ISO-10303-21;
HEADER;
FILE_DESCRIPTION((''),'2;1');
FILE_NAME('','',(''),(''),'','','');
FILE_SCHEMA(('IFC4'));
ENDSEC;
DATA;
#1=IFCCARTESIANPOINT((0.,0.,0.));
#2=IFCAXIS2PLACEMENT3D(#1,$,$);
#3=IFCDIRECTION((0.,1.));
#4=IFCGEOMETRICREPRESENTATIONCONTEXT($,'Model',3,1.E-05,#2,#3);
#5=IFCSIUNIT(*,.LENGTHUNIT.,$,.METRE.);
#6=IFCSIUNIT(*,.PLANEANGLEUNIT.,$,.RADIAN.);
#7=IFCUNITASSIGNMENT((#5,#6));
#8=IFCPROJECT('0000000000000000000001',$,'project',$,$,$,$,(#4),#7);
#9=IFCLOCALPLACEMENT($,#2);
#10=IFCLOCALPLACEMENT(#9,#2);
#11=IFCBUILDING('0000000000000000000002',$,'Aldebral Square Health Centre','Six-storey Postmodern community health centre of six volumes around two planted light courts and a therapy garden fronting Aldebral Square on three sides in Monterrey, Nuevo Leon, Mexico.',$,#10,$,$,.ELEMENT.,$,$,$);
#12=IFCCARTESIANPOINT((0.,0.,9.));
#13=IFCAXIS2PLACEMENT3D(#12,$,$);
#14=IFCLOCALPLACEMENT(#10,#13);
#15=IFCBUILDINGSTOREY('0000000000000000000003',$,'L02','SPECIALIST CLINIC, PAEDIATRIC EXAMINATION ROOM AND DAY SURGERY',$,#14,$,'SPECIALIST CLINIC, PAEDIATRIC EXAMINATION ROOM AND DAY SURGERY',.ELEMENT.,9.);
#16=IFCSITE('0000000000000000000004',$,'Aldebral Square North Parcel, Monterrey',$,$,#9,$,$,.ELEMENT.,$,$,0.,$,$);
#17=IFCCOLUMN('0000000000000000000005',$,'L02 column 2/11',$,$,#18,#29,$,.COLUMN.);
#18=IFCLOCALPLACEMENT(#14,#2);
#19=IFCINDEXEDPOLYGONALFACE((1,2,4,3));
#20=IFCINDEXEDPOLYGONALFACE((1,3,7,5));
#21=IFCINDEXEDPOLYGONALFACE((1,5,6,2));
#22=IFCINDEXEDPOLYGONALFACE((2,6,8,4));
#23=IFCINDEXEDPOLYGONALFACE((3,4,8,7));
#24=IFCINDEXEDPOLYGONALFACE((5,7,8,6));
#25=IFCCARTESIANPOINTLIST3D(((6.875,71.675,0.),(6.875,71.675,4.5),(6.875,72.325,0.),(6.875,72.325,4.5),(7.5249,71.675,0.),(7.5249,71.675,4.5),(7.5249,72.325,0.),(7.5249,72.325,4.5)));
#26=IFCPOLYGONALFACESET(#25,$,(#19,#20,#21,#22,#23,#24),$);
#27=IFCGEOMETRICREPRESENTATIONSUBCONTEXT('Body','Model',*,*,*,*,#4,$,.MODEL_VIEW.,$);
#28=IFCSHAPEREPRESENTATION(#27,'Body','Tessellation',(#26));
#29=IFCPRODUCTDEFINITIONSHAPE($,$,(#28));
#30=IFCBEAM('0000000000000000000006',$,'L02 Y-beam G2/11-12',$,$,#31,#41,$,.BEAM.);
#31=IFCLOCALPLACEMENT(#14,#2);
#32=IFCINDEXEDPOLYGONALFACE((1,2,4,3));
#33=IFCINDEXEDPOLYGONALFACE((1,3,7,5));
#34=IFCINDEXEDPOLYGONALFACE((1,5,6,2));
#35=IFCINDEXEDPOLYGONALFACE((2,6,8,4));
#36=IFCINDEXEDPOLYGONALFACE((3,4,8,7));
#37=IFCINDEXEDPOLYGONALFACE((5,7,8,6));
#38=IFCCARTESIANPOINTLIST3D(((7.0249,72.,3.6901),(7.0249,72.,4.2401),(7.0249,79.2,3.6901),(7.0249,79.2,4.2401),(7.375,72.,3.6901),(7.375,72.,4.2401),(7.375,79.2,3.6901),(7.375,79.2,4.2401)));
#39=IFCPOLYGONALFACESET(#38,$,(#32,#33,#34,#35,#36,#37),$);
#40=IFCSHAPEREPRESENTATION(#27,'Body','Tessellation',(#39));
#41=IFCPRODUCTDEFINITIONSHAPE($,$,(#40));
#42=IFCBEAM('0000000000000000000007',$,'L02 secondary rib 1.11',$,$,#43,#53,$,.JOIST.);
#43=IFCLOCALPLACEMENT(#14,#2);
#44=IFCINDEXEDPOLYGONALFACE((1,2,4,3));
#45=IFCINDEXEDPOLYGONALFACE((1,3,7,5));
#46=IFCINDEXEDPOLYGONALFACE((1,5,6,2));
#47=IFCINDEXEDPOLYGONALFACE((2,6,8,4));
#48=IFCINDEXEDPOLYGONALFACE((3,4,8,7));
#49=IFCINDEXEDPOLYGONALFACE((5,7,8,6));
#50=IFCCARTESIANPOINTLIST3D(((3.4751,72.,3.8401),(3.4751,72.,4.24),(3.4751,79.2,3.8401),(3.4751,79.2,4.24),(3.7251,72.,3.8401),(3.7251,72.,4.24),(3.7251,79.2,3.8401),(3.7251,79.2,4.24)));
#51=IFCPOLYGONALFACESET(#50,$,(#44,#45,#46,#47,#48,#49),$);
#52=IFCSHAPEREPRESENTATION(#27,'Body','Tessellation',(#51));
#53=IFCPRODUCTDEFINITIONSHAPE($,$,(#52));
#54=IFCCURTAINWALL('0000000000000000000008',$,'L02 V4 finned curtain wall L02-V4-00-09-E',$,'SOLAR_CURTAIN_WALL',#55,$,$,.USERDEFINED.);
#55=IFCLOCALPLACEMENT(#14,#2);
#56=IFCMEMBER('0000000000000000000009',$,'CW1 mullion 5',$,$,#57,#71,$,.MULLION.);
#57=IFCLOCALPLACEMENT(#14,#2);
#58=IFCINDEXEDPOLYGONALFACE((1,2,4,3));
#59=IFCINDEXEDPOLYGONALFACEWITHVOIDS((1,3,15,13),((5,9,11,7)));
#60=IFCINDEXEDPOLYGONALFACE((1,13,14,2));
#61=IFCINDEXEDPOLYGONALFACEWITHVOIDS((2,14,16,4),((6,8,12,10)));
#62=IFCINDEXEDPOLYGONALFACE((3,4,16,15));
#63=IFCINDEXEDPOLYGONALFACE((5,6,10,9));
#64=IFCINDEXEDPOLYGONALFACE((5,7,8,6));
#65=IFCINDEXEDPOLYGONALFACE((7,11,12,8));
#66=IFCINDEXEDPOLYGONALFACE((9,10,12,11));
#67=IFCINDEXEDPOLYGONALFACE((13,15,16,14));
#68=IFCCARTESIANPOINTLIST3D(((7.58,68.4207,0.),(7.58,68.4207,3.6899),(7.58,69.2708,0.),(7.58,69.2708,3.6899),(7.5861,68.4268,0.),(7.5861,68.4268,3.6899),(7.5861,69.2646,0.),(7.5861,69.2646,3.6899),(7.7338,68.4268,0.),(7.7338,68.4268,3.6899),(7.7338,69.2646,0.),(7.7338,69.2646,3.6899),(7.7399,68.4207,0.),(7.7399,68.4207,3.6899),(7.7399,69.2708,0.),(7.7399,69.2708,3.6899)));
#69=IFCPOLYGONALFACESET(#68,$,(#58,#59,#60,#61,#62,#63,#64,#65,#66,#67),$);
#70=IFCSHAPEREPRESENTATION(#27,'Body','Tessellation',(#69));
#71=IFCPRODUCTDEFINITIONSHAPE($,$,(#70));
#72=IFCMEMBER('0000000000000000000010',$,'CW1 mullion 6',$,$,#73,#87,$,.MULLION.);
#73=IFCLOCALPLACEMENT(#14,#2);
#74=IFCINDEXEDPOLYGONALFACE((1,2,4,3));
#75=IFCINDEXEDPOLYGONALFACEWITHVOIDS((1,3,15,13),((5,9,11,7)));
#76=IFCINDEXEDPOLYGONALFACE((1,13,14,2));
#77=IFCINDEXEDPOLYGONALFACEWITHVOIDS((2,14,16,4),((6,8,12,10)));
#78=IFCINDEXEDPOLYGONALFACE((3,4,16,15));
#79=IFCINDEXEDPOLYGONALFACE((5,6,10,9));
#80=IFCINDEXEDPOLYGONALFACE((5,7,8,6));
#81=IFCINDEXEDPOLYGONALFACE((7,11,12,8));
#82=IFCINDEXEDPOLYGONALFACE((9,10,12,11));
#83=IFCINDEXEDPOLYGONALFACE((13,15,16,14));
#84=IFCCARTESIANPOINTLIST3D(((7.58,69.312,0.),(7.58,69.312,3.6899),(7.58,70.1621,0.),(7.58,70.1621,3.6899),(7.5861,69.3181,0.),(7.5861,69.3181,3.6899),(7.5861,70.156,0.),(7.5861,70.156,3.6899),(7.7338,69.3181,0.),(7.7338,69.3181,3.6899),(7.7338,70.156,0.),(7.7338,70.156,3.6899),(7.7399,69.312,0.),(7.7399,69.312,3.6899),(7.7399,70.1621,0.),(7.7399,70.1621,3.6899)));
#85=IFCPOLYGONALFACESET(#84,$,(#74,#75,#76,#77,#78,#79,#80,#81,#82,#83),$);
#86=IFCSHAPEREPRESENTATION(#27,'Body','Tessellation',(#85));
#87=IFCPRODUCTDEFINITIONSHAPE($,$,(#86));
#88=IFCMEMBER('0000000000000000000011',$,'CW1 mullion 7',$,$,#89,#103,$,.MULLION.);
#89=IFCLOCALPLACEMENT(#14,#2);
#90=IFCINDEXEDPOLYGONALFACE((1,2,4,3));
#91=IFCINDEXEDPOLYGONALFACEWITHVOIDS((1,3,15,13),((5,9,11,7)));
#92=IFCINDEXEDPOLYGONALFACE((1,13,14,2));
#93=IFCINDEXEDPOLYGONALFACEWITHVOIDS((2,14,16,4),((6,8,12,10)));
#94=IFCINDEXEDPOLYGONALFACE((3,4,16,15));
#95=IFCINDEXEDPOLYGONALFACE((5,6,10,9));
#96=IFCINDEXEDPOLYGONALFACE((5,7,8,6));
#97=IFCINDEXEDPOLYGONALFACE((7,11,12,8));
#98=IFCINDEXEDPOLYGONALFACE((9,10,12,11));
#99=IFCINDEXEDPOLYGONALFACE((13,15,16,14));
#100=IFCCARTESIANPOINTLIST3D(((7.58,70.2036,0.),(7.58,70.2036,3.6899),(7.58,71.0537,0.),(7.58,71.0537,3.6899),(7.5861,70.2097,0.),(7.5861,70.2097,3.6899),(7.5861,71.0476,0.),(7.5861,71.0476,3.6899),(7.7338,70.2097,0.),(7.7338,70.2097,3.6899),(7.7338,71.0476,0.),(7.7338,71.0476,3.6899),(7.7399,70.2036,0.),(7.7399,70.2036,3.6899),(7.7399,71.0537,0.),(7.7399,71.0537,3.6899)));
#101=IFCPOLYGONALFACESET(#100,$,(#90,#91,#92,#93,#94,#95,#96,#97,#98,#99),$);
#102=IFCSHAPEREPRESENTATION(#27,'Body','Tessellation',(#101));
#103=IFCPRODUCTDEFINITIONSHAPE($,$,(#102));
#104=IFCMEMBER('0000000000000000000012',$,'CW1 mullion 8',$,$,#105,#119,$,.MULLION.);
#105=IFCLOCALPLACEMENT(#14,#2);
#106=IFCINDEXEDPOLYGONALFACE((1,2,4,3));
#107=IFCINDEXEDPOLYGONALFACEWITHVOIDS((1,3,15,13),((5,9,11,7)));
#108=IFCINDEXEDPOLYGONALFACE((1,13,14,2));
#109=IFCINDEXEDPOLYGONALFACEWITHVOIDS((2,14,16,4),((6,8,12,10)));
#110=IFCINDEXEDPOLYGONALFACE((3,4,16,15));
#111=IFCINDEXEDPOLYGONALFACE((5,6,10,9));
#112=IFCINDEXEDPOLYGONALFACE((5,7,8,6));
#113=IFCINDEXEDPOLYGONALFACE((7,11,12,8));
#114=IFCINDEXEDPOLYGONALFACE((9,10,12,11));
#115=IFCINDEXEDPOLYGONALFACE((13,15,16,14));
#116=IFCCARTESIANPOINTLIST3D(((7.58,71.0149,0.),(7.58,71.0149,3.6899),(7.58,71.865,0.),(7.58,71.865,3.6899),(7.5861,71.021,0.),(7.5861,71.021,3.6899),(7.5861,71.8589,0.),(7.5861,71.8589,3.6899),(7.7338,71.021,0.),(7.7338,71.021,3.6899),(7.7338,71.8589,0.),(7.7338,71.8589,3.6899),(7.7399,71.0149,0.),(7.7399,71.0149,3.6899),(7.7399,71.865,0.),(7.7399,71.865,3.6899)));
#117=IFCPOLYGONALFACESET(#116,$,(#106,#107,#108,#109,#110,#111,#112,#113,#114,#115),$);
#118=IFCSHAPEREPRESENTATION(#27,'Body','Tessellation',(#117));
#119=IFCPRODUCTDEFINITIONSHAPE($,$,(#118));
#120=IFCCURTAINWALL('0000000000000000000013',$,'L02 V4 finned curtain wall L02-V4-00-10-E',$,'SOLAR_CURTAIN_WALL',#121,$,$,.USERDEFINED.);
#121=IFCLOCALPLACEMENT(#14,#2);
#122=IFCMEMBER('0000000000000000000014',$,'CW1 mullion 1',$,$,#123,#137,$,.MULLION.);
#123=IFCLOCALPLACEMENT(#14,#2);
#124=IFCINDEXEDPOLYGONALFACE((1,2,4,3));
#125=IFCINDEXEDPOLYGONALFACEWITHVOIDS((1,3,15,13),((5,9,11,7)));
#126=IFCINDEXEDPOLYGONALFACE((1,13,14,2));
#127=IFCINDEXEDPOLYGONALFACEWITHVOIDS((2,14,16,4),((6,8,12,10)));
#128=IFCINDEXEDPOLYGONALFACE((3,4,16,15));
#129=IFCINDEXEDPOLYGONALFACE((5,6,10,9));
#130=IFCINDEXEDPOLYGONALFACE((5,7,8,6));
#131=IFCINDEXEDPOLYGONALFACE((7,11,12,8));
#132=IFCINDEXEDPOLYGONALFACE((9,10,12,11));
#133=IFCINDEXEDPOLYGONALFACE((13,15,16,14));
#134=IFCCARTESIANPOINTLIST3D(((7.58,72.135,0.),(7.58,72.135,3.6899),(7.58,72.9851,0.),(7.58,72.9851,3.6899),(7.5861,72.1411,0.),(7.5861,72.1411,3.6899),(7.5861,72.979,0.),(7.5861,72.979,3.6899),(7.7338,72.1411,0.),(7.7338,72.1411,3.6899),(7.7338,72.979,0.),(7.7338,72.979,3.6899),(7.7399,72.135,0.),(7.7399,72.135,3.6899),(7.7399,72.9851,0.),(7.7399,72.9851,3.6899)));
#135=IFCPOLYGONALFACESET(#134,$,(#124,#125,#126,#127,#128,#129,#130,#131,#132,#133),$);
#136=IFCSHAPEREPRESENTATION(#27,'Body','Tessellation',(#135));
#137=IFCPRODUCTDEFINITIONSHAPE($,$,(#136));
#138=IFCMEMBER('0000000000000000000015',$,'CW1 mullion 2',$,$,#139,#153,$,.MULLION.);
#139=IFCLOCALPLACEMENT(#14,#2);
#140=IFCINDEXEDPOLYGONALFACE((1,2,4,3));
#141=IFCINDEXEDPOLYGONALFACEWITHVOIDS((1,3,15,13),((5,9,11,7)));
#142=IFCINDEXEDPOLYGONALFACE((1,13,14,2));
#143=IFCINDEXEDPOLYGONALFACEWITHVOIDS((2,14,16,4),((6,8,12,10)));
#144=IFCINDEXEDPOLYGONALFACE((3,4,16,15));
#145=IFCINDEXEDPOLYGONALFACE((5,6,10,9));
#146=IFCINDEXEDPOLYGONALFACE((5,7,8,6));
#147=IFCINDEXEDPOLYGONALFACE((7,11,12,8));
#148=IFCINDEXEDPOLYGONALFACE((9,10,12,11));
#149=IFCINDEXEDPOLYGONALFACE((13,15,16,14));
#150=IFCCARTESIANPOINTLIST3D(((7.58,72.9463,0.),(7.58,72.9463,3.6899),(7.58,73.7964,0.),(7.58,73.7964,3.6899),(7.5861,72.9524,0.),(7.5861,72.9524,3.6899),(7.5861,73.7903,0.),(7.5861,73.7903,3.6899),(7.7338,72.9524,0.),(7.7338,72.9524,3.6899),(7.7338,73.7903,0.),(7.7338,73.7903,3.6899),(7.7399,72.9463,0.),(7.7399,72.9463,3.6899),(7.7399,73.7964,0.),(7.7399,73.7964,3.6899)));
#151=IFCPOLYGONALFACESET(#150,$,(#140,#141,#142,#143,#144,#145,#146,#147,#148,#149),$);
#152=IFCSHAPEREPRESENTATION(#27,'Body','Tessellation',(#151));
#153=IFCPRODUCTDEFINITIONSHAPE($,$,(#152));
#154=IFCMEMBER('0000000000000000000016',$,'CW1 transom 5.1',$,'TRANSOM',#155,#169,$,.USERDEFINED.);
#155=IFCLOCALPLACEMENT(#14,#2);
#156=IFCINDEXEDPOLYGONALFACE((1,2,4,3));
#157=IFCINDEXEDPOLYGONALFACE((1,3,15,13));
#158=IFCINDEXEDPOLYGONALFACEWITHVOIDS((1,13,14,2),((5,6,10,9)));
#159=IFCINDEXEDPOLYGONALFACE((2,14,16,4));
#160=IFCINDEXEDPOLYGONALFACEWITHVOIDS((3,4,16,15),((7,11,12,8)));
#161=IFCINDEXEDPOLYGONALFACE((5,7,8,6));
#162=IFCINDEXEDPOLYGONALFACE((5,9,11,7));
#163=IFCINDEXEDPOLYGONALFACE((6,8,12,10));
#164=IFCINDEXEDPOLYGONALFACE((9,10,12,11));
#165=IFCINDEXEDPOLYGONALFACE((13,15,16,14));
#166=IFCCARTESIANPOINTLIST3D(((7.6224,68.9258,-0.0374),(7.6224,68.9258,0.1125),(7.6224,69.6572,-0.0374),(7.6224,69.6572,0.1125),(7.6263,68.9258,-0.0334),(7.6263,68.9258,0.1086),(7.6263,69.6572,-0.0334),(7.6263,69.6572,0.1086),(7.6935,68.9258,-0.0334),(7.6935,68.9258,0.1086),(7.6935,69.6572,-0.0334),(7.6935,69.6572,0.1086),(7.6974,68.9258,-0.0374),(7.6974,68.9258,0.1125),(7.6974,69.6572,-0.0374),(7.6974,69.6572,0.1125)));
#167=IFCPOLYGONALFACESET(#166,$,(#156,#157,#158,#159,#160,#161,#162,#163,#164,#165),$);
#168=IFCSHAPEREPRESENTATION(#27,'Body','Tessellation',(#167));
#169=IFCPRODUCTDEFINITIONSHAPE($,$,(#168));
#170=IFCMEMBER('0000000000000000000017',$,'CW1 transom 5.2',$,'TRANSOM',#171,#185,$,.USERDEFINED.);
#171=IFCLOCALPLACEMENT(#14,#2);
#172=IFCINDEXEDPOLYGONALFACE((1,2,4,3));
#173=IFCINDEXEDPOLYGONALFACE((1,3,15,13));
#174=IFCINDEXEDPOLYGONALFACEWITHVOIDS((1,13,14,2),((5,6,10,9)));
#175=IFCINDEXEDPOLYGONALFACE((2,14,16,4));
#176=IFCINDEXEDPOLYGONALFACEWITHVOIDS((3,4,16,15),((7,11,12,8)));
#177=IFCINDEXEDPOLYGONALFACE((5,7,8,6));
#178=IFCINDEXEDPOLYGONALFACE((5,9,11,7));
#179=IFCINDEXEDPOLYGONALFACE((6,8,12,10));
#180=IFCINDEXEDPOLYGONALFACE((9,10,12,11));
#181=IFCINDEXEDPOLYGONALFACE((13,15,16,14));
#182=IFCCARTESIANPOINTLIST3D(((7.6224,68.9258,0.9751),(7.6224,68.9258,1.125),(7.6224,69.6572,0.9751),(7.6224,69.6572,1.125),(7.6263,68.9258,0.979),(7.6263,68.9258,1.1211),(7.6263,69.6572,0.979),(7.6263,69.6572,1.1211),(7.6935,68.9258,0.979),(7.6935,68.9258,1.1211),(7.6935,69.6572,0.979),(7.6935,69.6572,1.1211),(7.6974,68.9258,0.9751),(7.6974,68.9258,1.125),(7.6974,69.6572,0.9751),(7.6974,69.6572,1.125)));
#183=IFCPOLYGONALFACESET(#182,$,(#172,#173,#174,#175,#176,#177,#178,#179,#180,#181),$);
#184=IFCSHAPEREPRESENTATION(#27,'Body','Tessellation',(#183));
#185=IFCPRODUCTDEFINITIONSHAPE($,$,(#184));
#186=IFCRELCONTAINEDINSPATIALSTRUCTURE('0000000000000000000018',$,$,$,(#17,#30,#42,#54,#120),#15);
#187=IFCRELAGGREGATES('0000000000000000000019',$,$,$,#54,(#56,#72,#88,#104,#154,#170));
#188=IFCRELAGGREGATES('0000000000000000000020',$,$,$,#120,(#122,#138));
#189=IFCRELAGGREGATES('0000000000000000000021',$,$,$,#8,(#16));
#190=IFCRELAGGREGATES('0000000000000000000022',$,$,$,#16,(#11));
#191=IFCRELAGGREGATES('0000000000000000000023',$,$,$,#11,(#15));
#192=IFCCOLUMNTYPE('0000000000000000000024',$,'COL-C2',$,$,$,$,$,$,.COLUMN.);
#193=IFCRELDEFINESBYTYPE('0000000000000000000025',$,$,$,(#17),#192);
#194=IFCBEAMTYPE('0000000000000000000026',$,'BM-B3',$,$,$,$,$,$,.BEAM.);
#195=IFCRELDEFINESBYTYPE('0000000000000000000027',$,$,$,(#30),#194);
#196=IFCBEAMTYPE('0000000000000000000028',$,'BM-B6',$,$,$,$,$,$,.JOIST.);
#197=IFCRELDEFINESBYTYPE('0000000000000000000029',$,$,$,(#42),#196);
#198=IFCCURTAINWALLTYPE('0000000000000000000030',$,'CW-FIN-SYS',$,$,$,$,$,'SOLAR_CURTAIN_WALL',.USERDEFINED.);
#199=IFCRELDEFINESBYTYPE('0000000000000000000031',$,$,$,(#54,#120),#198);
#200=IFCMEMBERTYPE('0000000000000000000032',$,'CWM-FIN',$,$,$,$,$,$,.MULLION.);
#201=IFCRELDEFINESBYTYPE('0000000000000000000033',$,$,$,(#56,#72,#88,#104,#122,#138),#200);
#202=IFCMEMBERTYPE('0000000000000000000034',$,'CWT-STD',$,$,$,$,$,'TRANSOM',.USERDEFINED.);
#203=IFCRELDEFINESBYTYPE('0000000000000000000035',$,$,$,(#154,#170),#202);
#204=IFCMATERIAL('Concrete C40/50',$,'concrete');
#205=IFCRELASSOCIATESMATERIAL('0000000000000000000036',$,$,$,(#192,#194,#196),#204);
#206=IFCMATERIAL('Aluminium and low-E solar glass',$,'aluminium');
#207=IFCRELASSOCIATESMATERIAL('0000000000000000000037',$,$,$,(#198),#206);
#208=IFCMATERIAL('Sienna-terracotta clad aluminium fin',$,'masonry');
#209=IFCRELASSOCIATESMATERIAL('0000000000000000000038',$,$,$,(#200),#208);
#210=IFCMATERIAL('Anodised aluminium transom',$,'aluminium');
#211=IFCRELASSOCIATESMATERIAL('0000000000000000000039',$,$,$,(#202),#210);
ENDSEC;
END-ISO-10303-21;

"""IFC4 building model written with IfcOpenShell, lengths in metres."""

from ifc_helpers import new_model, si_unit, direction, frame, origin, origin_2d, place, context, subcontext, project, spatial, rectangle, hollow_rectangle, extrude, material, material_profile, profile_set, type_object, element, aggregate, save


model = new_model("IFC4")

# Units and contexts
model_context = context("Model", 3, precision=1e-05, world=origin(), true_north=direction((0.0, 1.0)))
body_context = subcontext(model_context, "Body", "Model", "MODEL_VIEW")
ifc_project = project(units=[si_unit("LENGTHUNIT", "METRE"), si_unit("PLANEANGLEUNIT", "RADIAN")], contexts=[model_context])

# Site, building, storey
site_placement = place(None, origin())
site = spatial("IfcSite", under=ifc_project, at=site_placement, Name="Aldebral Square North Parcel, Monterrey", CompositionType="ELEMENT", RefElevation=0.0)
building_placement = place(site_placement, origin())
building = spatial("IfcBuilding", under=site, at=building_placement, Name="Aldebral Square Health Centre", Description="Six-storey Postmodern community health centre of six volumes around two planted light courts and a therapy garden fronting Aldebral Square on three sides in Monterrey, Nuevo Leon, Mexico.", CompositionType="ELEMENT")
storey_placement = place(building_placement, frame((0.0, 0.0, 9.0)))
storey = spatial("IfcBuildingStorey", under=building, at=storey_placement, Name="L02", Description="SPECIALIST CLINIC, PAEDIATRIC EXAMINATION ROOM AND DAY SURGERY", LongName="SPECIALIST CLINIC, PAEDIATRIC EXAMINATION ROOM AND DAY SURGERY", CompositionType="ELEMENT", Elevation=9.0)

# Column
ifc_material_1 = material(Name="Concrete C40/50", Category="concrete")
ifc_material_profile_1 = material_profile(ifc_material_1, rectangle(XDim=0.6499, YDim=0.6499, at=origin_2d()), Name="RC 650x650")
ifc_profile_set_1 = profile_set([ifc_material_profile_1], Name="Concrete C40/50")
column_type = type_object("IfcColumnType", Name="COL-C2", PredefinedType="COLUMN", material=ifc_profile_set_1)
column_placement = place(storey_placement, frame((7.2, 72.0, 0.0), z_axis=(0.0, 0.0, 1.0), x_axis=(1.0, 0.0, 0.0)))
element("IfcColumn", 1, at=column_placement, inside=storey, type_object=column_type, Name="L02 column 2/11", PredefinedType="COLUMN", context=body_context, shape_type="SweptSolid", body=[
    extrude(rectangle(XDim=0.6499, YDim=0.6499, at=origin_2d()), origin(), (0.0, 0.0, 1.0), 4.5),
])

# Beams
ifc_material_profile_2 = material_profile(ifc_material_1, rectangle(XDim=0.3501, YDim=0.55, at=origin_2d()), Name="RC 350x550")
ifc_profile_set_2 = profile_set([ifc_material_profile_2], Name="Concrete C40/50")
beam_type_1 = type_object("IfcBeamType", Name="BM-B3", PredefinedType="BEAM", material=ifc_profile_set_2)
beam_1_placement = place(storey_placement, frame((7.2, 72.0, 3.9651), z_axis=(0.0, 1.0, 0.0), x_axis=(-1.0, 0.0, 0.0)))
element("IfcBeam", 2, at=beam_1_placement, inside=storey, type_object=beam_type_1, Name="L02 Y-beam G2/11-12", PredefinedType="BEAM", context=body_context, shape_type="SweptSolid", body=[
    extrude(rectangle(XDim=0.3501, YDim=0.55, at=origin_2d()), origin(), (0.0, 0.0, 1.0), 7.2),
])
ifc_material_profile_3 = material_profile(ifc_material_1, rectangle(XDim=0.25, YDim=0.3999, at=origin_2d()), Name="RC 250x400")
ifc_profile_set_3 = profile_set([ifc_material_profile_3], Name="Concrete C40/50")
beam_type_2 = type_object("IfcBeamType", Name="BM-B6", PredefinedType="JOIST", material=ifc_profile_set_3)
beam_2_placement = place(storey_placement, frame((3.6001, 72.0, 4.04), z_axis=(0.0, 1.0, 0.0), x_axis=(-1.0, 0.0, 0.0)))
element("IfcBeam", 3, at=beam_2_placement, inside=storey, type_object=beam_type_2, Name="L02 secondary rib 1.11", PredefinedType="JOIST", context=body_context, shape_type="SweptSolid", body=[
    extrude(rectangle(XDim=0.25, YDim=0.3999, at=origin_2d()), origin(), (0.0, 0.0, 1.0), 7.2),
])

# Curtain walls, members
ifc_material_2 = material(Name="Aluminium and low-E solar glass", Category="aluminium")
curtain_wall_type = type_object("IfcCurtainWallType", Name="CW-FIN-SYS", ElementType="SOLAR_CURTAIN_WALL", PredefinedType="USERDEFINED", material=ifc_material_2)
curtain_wall_1_placement = place(storey_placement, origin())
curtain_wall_1 = element("IfcCurtainWall", 4, at=curtain_wall_1_placement, inside=storey, type_object=curtain_wall_type, Name="L02 V4 finned curtain wall L02-V4-00-09-E", ObjectType="SOLAR_CURTAIN_WALL", PredefinedType="USERDEFINED")
ifc_material_3 = material(Name="Sienna-terracotta clad aluminium fin", Category="masonry")
ifc_material_profile_4 = material_profile(ifc_material_3, hollow_rectangle(XDim=0.1599, YDim=0.8501, WallThickness=0.0061, at=origin_2d()), Name="FIN 160x850x6")
ifc_profile_set_4 = profile_set([ifc_material_profile_4], Name="Sienna-terracotta clad aluminium fin")
member_type_1 = type_object("IfcMemberType", Name="CWM-FIN", PredefinedType="MULLION", material=ifc_profile_set_4)
member_1_placement = place(storey_placement, frame((7.6599, 68.8457, 0.0), z_axis=(0.0, 0.0, 1.0), x_axis=(-1.0, 0.0, 0.0)))
member_1 = element("IfcMember", 5, at=member_1_placement, type_object=member_type_1, Name="CW1 mullion 5", PredefinedType="MULLION", context=body_context, shape_type="SweptSolid", body=[
    extrude(hollow_rectangle(XDim=0.1599, YDim=0.8501, WallThickness=0.0061, at=origin_2d()), origin(), (0.0, 0.0, 1.0), 3.6899),
])
member_2_placement = place(storey_placement, frame((7.6599, 69.7371, 0.0), z_axis=(0.0, 0.0, 1.0), x_axis=(-1.0, 0.0, 0.0)))
member_2 = element("IfcMember", 6, at=member_2_placement, type_object=member_type_1, Name="CW1 mullion 6", PredefinedType="MULLION", context=body_context, shape_type="SweptSolid", body=[
    extrude(hollow_rectangle(XDim=0.1599, YDim=0.8501, WallThickness=0.0061, at=origin_2d()), origin(), (0.0, 0.0, 1.0), 3.6899),
])
member_3_placement = place(storey_placement, frame((7.6599, 70.6287, 0.0), z_axis=(0.0, 0.0, 1.0), x_axis=(-1.0, 0.0, 0.0)))
member_3 = element("IfcMember", 7, at=member_3_placement, type_object=member_type_1, Name="CW1 mullion 7", PredefinedType="MULLION", context=body_context, shape_type="SweptSolid", body=[
    extrude(hollow_rectangle(XDim=0.1599, YDim=0.8501, WallThickness=0.0061, at=origin_2d()), origin(), (0.0, 0.0, 1.0), 3.6899),
])
member_4_placement = place(storey_placement, frame((7.6599, 71.4399, 0.0), z_axis=(0.0, 0.0, 1.0), x_axis=(-1.0, 0.0, 0.0)))
member_4 = element("IfcMember", 8, at=member_4_placement, type_object=member_type_1, Name="CW1 mullion 8", PredefinedType="MULLION", context=body_context, shape_type="SweptSolid", body=[
    extrude(hollow_rectangle(XDim=0.1599, YDim=0.8501, WallThickness=0.0061, at=origin_2d()), origin(), (0.0, 0.0, 1.0), 3.6899),
])
curtain_wall_2_placement = place(storey_placement, origin())
curtain_wall_2 = element("IfcCurtainWall", 9, at=curtain_wall_2_placement, inside=storey, type_object=curtain_wall_type, Name="L02 V4 finned curtain wall L02-V4-00-10-E", ObjectType="SOLAR_CURTAIN_WALL", PredefinedType="USERDEFINED")
member_5_placement = place(storey_placement, frame((7.6599, 72.5601, 0.0), z_axis=(0.0, 0.0, 1.0), x_axis=(-1.0, 0.0, 0.0)))
member_5 = element("IfcMember", 10, at=member_5_placement, type_object=member_type_1, Name="CW1 mullion 1", PredefinedType="MULLION", context=body_context, shape_type="SweptSolid", body=[
    extrude(hollow_rectangle(XDim=0.1599, YDim=0.8501, WallThickness=0.0061, at=origin_2d()), origin(), (0.0, 0.0, 1.0), 3.6899),
])
member_6_placement = place(storey_placement, frame((7.6599, 73.3713, 0.0), z_axis=(0.0, 0.0, 1.0), x_axis=(-1.0, 0.0, 0.0)))
member_6 = element("IfcMember", 11, at=member_6_placement, type_object=member_type_1, Name="CW1 mullion 2", PredefinedType="MULLION", context=body_context, shape_type="SweptSolid", body=[
    extrude(hollow_rectangle(XDim=0.1599, YDim=0.8501, WallThickness=0.0061, at=origin_2d()), origin(), (0.0, 0.0, 1.0), 3.6899),
])

# Members
ifc_material_4 = material(Name="Anodised aluminium transom", Category="aluminium")
ifc_material_profile_5 = material_profile(ifc_material_4, hollow_rectangle(XDim=0.075, YDim=0.1499, WallThickness=0.0039, at=origin_2d()), Name="CWT 75x150x4")
ifc_profile_set_5 = profile_set([ifc_material_profile_5], Name="Anodised aluminium transom")
member_type_2 = type_object("IfcMemberType", Name="CWT-STD", ElementType="TRANSOM", PredefinedType="USERDEFINED", material=ifc_profile_set_5)
member_7_placement = place(storey_placement, frame((7.6599, 68.9258, 0.0376), z_axis=(0.0, 1.0, 0.0), x_axis=(-1.0, 0.0, 0.0)))
member_7 = element("IfcMember", 12, at=member_7_placement, type_object=member_type_2, Name="CW1 transom 5.1", ObjectType="TRANSOM", PredefinedType="USERDEFINED", context=body_context, shape_type="SweptSolid", body=[
    extrude(hollow_rectangle(XDim=0.075, YDim=0.1499, WallThickness=0.0039, at=origin_2d()), origin(), (0.0, 0.0, 1.0), 0.7314),
])
member_8_placement = place(storey_placement, frame((7.6599, 68.9258, 1.05), z_axis=(0.0, 1.0, 0.0), x_axis=(-1.0, 0.0, 0.0)))
member_8 = element("IfcMember", 13, at=member_8_placement, type_object=member_type_2, Name="CW1 transom 5.2", ObjectType="TRANSOM", PredefinedType="USERDEFINED", context=body_context, shape_type="SweptSolid", body=[
    extrude(hollow_rectangle(XDim=0.075, YDim=0.1499, WallThickness=0.0039, at=origin_2d()), origin(), (0.0, 0.0, 1.0), 0.7314),
])

aggregate(curtain_wall_1, [member_1, member_2, member_3, member_4, member_7, member_8])
aggregate(curtain_wall_2, [member_5, member_6])

save(model, "model.ifc")
